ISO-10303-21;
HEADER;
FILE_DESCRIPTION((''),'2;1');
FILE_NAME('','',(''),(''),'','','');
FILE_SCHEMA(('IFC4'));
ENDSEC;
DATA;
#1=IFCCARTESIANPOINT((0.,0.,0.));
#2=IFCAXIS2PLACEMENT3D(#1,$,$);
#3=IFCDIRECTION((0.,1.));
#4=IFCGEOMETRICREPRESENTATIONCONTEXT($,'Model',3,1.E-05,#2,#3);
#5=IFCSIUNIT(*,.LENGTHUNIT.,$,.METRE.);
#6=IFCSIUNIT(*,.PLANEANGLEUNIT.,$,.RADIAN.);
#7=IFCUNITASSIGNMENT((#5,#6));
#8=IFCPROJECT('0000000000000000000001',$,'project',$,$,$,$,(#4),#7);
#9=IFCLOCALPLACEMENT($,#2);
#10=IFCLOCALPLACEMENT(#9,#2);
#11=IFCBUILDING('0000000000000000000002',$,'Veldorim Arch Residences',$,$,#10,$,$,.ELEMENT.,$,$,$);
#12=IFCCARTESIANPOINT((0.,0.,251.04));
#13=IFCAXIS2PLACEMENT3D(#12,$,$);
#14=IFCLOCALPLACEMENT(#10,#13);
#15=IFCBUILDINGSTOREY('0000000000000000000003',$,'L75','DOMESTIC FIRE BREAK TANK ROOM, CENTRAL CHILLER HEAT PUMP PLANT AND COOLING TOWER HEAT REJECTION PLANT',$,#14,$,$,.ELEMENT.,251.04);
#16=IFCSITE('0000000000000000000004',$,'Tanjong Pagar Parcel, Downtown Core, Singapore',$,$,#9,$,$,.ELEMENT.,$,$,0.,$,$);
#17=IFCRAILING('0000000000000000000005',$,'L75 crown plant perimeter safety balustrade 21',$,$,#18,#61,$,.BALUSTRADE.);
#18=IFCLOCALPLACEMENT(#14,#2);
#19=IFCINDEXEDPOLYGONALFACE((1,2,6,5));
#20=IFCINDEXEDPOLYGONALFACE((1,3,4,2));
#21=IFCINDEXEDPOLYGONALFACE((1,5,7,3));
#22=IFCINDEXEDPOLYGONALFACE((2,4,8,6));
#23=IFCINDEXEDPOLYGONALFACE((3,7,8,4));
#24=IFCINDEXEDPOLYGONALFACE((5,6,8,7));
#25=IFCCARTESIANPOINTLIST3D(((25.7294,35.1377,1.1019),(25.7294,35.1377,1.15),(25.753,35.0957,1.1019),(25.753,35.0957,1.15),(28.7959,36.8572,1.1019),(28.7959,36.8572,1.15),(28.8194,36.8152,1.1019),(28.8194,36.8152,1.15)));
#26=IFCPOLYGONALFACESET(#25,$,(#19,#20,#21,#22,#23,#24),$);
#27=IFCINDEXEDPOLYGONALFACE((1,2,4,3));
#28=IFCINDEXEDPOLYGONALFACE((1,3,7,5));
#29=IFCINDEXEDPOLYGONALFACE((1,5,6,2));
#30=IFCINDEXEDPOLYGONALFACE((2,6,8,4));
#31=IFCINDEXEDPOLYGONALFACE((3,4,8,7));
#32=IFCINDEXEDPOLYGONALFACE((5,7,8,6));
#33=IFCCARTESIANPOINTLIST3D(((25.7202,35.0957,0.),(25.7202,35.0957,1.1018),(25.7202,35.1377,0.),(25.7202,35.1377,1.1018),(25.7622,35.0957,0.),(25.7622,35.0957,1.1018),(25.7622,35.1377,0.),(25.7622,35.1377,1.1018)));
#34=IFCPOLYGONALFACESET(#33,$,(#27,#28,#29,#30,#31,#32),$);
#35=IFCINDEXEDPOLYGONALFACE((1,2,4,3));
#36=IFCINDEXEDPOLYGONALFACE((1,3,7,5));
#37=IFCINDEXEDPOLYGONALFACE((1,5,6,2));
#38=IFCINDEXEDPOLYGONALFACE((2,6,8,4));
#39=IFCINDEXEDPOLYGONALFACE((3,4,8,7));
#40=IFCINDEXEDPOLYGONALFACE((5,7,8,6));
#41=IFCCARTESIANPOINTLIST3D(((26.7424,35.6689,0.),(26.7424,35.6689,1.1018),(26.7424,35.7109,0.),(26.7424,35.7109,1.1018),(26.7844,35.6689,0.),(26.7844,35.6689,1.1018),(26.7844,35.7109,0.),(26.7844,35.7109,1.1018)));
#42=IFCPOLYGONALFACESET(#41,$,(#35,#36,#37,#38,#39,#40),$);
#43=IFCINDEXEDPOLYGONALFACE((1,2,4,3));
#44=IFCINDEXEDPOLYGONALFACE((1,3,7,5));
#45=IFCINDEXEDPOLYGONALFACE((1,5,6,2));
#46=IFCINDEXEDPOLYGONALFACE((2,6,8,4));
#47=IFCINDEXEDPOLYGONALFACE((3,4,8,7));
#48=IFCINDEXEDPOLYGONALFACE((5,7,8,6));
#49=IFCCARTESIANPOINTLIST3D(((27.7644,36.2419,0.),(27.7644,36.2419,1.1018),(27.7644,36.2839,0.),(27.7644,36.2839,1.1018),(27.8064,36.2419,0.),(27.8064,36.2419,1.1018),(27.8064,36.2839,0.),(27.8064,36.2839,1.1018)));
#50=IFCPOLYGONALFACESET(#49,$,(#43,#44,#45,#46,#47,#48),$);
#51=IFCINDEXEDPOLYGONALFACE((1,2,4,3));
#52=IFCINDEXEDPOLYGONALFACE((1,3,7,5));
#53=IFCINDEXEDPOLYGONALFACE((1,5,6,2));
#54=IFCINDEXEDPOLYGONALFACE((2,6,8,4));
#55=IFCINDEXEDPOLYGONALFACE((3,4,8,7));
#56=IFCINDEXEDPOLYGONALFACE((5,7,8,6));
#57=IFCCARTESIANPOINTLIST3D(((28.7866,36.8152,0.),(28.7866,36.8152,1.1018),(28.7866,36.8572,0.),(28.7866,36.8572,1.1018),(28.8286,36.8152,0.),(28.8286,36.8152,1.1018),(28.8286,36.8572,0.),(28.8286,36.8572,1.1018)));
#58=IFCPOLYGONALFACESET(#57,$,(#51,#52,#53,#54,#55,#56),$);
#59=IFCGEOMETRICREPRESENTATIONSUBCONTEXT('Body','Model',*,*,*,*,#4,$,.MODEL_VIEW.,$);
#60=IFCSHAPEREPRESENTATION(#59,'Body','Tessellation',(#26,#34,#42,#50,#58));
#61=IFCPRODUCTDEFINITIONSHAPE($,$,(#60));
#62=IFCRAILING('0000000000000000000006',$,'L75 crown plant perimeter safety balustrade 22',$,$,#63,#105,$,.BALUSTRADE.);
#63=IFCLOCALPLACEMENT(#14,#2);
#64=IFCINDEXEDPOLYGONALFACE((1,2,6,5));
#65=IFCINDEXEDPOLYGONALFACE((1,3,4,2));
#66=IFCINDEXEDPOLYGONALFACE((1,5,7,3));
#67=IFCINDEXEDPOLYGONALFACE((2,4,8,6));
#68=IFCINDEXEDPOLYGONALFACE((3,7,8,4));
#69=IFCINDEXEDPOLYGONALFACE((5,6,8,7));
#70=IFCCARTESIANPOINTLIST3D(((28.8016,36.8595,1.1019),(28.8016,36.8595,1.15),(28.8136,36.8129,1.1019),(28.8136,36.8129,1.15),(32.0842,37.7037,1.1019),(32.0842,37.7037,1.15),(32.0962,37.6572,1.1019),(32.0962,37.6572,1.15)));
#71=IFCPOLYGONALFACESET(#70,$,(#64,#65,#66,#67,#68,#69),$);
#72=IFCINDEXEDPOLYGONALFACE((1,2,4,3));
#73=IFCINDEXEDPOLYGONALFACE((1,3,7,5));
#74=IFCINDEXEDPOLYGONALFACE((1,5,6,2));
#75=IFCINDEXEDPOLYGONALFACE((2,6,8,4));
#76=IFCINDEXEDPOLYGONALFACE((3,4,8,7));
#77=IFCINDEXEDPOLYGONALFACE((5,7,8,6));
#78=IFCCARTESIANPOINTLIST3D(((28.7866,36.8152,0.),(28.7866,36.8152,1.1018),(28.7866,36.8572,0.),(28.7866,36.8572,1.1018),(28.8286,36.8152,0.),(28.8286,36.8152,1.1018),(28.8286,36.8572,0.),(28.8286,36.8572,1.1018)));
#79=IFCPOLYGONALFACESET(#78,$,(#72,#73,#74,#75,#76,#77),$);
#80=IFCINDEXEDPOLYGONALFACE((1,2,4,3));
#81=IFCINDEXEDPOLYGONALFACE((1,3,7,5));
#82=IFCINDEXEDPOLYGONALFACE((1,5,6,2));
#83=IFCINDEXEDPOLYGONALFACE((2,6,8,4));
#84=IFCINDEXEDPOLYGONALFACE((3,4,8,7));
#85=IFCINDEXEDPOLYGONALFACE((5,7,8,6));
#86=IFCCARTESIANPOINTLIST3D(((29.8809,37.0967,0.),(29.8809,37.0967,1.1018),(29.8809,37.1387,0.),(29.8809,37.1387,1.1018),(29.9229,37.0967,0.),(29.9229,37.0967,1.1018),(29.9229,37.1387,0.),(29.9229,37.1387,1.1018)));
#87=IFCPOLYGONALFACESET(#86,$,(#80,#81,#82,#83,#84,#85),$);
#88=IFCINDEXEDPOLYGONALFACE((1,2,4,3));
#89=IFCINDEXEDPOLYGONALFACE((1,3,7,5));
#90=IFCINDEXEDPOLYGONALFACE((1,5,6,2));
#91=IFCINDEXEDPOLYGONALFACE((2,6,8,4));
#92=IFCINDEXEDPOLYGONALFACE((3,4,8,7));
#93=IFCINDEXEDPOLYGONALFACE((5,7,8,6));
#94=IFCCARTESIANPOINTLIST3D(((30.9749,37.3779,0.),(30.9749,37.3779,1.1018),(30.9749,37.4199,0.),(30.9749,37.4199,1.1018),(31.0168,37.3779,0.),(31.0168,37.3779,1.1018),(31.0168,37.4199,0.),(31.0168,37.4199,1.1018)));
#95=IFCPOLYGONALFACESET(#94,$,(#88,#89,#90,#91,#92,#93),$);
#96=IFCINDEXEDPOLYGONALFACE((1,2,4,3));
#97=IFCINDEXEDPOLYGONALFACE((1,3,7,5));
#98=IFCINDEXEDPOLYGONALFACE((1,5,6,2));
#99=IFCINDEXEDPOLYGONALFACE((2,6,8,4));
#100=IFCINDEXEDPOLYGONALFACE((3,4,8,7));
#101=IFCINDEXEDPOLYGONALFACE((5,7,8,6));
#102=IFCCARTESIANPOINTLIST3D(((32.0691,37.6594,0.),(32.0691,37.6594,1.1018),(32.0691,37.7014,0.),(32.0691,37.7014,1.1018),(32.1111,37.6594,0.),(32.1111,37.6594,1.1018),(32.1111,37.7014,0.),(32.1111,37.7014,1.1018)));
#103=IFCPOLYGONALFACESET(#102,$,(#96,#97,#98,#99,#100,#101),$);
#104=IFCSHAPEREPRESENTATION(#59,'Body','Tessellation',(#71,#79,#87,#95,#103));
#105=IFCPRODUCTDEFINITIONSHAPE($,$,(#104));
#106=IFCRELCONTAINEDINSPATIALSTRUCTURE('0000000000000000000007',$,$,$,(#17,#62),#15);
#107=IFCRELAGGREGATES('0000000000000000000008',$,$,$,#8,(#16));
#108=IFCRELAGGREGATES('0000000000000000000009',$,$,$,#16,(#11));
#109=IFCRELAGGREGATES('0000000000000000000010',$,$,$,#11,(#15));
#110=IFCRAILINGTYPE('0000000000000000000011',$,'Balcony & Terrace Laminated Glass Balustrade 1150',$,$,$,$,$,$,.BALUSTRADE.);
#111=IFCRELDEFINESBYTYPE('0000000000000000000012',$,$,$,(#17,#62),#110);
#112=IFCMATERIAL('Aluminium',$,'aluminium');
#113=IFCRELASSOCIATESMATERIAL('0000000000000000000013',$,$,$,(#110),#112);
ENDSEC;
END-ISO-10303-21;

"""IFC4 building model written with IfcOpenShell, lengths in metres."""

from ifc_helpers import new_model, si_unit, direction, frame, origin, origin_2d, place, context, subcontext, project, spatial, rectangle, extrude, material, type_object, element, save


model = new_model("IFC4")

# Units and contexts
model_context = context("Model", 3, precision=1e-05, world=origin(), true_north=direction((0.0, 1.0)))
body_context = subcontext(model_context, "Body", "Model", "MODEL_VIEW")
ifc_project = project(units=[si_unit("LENGTHUNIT", "METRE"), si_unit("PLANEANGLEUNIT", "RADIAN")], contexts=[model_context])

# Site, building, storey
site_placement = place(None, origin())
site = spatial("IfcSite", under=ifc_project, at=site_placement, Name="Tanjong Pagar Parcel, Downtown Core, Singapore", CompositionType="ELEMENT", RefElevation=0.0)
building_placement = place(site_placement, origin())
building = spatial("IfcBuilding", under=site, at=building_placement, Name="Veldorim Arch Residences", CompositionType="ELEMENT")
storey_placement = place(building_placement, frame((0.0, 0.0, 251.04)))
storey = spatial("IfcBuildingStorey", under=building, at=storey_placement, Name="L75", Description="DOMESTIC FIRE BREAK TANK ROOM, CENTRAL CHILLER HEAT PUMP PLANT AND COOLING TOWER HEAT REJECTION PLANT", CompositionType="ELEMENT", Elevation=251.04)

# Railings
ifc_material_1 = material(Name="Aluminium", Category="aluminium")
railing_type = type_object("IfcRailingType", Name="Balcony & Terrace Laminated Glass Balustrade 1150", PredefinedType="BALUSTRADE", material=ifc_material_1)
railing_1_placement = place(storey_placement, frame((25.7412, 35.1167, 0.0)))
element("IfcRailing", 1, at=railing_1_placement, inside=storey, type_object=railing_type, Name="L75 crown plant perimeter safety balustrade 21", PredefinedType="BALUSTRADE", context=body_context, shape_type="SweptSolid", body=[
    extrude(rectangle(XDim=0.0481, YDim=0.0481, at=origin_2d()), frame((0.0, 0.0, 1.126), z_axis=(0.872228, 0.4891, 0.0), x_axis=(-0.4891, 0.872228, 0.0)), (0.0, 0.0, 1.0), 3.5156),
    extrude(rectangle(XDim=0.042, YDim=0.042, at=origin_2d()), origin(), (0.0, 0.0, 1.0), 1.1018),
    extrude(rectangle(XDim=0.042, YDim=0.042, at=origin_2d()), frame((1.0222, 0.5732, 0.0)), (0.0, 0.0, 1.0), 1.1018),
    extrude(rectangle(XDim=0.042, YDim=0.042, at=origin_2d()), frame((2.0442, 1.1462, 0.0)), (0.0, 0.0, 1.0), 1.1018),
    extrude(rectangle(XDim=0.042, YDim=0.042, at=origin_2d()), frame((3.0664, 1.7195, 0.0)), (0.0, 0.0, 1.0), 1.1018),
])
railing_2_placement = place(storey_placement, frame((28.8076, 36.8362, 0.0)))
element("IfcRailing", 2, at=railing_2_placement, inside=storey, type_object=railing_type, Name="L75 crown plant perimeter safety balustrade 22", PredefinedType="BALUSTRADE", context=body_context, shape_type="SweptSolid", body=[
    extrude(rectangle(XDim=0.0481, YDim=0.0481, at=origin_2d()), frame((0.0, 0.0, 1.126), z_axis=(0.968481, 0.249089, 0.0), x_axis=(-0.249089, 0.968481, 0.0)), (0.0, 0.0, 1.0), 3.3894),
    extrude(rectangle(XDim=0.042, YDim=0.042, at=origin_2d()), origin(), (0.0, 0.0, 1.0), 1.1018),
    extrude(rectangle(XDim=0.042, YDim=0.042, at=origin_2d()), frame((1.0942, 0.2815, 0.0)), (0.0, 0.0, 1.0), 1.1018),
    extrude(rectangle(XDim=0.042, YDim=0.042, at=origin_2d()), frame((2.1882, 0.5627, 0.0)), (0.0, 0.0, 1.0), 1.1018),
    extrude(rectangle(XDim=0.042, YDim=0.042, at=origin_2d()), frame((3.2825, 0.8442, 0.0)), (0.0, 0.0, 1.0), 1.1018),
])

save(model, "model.ifc")
